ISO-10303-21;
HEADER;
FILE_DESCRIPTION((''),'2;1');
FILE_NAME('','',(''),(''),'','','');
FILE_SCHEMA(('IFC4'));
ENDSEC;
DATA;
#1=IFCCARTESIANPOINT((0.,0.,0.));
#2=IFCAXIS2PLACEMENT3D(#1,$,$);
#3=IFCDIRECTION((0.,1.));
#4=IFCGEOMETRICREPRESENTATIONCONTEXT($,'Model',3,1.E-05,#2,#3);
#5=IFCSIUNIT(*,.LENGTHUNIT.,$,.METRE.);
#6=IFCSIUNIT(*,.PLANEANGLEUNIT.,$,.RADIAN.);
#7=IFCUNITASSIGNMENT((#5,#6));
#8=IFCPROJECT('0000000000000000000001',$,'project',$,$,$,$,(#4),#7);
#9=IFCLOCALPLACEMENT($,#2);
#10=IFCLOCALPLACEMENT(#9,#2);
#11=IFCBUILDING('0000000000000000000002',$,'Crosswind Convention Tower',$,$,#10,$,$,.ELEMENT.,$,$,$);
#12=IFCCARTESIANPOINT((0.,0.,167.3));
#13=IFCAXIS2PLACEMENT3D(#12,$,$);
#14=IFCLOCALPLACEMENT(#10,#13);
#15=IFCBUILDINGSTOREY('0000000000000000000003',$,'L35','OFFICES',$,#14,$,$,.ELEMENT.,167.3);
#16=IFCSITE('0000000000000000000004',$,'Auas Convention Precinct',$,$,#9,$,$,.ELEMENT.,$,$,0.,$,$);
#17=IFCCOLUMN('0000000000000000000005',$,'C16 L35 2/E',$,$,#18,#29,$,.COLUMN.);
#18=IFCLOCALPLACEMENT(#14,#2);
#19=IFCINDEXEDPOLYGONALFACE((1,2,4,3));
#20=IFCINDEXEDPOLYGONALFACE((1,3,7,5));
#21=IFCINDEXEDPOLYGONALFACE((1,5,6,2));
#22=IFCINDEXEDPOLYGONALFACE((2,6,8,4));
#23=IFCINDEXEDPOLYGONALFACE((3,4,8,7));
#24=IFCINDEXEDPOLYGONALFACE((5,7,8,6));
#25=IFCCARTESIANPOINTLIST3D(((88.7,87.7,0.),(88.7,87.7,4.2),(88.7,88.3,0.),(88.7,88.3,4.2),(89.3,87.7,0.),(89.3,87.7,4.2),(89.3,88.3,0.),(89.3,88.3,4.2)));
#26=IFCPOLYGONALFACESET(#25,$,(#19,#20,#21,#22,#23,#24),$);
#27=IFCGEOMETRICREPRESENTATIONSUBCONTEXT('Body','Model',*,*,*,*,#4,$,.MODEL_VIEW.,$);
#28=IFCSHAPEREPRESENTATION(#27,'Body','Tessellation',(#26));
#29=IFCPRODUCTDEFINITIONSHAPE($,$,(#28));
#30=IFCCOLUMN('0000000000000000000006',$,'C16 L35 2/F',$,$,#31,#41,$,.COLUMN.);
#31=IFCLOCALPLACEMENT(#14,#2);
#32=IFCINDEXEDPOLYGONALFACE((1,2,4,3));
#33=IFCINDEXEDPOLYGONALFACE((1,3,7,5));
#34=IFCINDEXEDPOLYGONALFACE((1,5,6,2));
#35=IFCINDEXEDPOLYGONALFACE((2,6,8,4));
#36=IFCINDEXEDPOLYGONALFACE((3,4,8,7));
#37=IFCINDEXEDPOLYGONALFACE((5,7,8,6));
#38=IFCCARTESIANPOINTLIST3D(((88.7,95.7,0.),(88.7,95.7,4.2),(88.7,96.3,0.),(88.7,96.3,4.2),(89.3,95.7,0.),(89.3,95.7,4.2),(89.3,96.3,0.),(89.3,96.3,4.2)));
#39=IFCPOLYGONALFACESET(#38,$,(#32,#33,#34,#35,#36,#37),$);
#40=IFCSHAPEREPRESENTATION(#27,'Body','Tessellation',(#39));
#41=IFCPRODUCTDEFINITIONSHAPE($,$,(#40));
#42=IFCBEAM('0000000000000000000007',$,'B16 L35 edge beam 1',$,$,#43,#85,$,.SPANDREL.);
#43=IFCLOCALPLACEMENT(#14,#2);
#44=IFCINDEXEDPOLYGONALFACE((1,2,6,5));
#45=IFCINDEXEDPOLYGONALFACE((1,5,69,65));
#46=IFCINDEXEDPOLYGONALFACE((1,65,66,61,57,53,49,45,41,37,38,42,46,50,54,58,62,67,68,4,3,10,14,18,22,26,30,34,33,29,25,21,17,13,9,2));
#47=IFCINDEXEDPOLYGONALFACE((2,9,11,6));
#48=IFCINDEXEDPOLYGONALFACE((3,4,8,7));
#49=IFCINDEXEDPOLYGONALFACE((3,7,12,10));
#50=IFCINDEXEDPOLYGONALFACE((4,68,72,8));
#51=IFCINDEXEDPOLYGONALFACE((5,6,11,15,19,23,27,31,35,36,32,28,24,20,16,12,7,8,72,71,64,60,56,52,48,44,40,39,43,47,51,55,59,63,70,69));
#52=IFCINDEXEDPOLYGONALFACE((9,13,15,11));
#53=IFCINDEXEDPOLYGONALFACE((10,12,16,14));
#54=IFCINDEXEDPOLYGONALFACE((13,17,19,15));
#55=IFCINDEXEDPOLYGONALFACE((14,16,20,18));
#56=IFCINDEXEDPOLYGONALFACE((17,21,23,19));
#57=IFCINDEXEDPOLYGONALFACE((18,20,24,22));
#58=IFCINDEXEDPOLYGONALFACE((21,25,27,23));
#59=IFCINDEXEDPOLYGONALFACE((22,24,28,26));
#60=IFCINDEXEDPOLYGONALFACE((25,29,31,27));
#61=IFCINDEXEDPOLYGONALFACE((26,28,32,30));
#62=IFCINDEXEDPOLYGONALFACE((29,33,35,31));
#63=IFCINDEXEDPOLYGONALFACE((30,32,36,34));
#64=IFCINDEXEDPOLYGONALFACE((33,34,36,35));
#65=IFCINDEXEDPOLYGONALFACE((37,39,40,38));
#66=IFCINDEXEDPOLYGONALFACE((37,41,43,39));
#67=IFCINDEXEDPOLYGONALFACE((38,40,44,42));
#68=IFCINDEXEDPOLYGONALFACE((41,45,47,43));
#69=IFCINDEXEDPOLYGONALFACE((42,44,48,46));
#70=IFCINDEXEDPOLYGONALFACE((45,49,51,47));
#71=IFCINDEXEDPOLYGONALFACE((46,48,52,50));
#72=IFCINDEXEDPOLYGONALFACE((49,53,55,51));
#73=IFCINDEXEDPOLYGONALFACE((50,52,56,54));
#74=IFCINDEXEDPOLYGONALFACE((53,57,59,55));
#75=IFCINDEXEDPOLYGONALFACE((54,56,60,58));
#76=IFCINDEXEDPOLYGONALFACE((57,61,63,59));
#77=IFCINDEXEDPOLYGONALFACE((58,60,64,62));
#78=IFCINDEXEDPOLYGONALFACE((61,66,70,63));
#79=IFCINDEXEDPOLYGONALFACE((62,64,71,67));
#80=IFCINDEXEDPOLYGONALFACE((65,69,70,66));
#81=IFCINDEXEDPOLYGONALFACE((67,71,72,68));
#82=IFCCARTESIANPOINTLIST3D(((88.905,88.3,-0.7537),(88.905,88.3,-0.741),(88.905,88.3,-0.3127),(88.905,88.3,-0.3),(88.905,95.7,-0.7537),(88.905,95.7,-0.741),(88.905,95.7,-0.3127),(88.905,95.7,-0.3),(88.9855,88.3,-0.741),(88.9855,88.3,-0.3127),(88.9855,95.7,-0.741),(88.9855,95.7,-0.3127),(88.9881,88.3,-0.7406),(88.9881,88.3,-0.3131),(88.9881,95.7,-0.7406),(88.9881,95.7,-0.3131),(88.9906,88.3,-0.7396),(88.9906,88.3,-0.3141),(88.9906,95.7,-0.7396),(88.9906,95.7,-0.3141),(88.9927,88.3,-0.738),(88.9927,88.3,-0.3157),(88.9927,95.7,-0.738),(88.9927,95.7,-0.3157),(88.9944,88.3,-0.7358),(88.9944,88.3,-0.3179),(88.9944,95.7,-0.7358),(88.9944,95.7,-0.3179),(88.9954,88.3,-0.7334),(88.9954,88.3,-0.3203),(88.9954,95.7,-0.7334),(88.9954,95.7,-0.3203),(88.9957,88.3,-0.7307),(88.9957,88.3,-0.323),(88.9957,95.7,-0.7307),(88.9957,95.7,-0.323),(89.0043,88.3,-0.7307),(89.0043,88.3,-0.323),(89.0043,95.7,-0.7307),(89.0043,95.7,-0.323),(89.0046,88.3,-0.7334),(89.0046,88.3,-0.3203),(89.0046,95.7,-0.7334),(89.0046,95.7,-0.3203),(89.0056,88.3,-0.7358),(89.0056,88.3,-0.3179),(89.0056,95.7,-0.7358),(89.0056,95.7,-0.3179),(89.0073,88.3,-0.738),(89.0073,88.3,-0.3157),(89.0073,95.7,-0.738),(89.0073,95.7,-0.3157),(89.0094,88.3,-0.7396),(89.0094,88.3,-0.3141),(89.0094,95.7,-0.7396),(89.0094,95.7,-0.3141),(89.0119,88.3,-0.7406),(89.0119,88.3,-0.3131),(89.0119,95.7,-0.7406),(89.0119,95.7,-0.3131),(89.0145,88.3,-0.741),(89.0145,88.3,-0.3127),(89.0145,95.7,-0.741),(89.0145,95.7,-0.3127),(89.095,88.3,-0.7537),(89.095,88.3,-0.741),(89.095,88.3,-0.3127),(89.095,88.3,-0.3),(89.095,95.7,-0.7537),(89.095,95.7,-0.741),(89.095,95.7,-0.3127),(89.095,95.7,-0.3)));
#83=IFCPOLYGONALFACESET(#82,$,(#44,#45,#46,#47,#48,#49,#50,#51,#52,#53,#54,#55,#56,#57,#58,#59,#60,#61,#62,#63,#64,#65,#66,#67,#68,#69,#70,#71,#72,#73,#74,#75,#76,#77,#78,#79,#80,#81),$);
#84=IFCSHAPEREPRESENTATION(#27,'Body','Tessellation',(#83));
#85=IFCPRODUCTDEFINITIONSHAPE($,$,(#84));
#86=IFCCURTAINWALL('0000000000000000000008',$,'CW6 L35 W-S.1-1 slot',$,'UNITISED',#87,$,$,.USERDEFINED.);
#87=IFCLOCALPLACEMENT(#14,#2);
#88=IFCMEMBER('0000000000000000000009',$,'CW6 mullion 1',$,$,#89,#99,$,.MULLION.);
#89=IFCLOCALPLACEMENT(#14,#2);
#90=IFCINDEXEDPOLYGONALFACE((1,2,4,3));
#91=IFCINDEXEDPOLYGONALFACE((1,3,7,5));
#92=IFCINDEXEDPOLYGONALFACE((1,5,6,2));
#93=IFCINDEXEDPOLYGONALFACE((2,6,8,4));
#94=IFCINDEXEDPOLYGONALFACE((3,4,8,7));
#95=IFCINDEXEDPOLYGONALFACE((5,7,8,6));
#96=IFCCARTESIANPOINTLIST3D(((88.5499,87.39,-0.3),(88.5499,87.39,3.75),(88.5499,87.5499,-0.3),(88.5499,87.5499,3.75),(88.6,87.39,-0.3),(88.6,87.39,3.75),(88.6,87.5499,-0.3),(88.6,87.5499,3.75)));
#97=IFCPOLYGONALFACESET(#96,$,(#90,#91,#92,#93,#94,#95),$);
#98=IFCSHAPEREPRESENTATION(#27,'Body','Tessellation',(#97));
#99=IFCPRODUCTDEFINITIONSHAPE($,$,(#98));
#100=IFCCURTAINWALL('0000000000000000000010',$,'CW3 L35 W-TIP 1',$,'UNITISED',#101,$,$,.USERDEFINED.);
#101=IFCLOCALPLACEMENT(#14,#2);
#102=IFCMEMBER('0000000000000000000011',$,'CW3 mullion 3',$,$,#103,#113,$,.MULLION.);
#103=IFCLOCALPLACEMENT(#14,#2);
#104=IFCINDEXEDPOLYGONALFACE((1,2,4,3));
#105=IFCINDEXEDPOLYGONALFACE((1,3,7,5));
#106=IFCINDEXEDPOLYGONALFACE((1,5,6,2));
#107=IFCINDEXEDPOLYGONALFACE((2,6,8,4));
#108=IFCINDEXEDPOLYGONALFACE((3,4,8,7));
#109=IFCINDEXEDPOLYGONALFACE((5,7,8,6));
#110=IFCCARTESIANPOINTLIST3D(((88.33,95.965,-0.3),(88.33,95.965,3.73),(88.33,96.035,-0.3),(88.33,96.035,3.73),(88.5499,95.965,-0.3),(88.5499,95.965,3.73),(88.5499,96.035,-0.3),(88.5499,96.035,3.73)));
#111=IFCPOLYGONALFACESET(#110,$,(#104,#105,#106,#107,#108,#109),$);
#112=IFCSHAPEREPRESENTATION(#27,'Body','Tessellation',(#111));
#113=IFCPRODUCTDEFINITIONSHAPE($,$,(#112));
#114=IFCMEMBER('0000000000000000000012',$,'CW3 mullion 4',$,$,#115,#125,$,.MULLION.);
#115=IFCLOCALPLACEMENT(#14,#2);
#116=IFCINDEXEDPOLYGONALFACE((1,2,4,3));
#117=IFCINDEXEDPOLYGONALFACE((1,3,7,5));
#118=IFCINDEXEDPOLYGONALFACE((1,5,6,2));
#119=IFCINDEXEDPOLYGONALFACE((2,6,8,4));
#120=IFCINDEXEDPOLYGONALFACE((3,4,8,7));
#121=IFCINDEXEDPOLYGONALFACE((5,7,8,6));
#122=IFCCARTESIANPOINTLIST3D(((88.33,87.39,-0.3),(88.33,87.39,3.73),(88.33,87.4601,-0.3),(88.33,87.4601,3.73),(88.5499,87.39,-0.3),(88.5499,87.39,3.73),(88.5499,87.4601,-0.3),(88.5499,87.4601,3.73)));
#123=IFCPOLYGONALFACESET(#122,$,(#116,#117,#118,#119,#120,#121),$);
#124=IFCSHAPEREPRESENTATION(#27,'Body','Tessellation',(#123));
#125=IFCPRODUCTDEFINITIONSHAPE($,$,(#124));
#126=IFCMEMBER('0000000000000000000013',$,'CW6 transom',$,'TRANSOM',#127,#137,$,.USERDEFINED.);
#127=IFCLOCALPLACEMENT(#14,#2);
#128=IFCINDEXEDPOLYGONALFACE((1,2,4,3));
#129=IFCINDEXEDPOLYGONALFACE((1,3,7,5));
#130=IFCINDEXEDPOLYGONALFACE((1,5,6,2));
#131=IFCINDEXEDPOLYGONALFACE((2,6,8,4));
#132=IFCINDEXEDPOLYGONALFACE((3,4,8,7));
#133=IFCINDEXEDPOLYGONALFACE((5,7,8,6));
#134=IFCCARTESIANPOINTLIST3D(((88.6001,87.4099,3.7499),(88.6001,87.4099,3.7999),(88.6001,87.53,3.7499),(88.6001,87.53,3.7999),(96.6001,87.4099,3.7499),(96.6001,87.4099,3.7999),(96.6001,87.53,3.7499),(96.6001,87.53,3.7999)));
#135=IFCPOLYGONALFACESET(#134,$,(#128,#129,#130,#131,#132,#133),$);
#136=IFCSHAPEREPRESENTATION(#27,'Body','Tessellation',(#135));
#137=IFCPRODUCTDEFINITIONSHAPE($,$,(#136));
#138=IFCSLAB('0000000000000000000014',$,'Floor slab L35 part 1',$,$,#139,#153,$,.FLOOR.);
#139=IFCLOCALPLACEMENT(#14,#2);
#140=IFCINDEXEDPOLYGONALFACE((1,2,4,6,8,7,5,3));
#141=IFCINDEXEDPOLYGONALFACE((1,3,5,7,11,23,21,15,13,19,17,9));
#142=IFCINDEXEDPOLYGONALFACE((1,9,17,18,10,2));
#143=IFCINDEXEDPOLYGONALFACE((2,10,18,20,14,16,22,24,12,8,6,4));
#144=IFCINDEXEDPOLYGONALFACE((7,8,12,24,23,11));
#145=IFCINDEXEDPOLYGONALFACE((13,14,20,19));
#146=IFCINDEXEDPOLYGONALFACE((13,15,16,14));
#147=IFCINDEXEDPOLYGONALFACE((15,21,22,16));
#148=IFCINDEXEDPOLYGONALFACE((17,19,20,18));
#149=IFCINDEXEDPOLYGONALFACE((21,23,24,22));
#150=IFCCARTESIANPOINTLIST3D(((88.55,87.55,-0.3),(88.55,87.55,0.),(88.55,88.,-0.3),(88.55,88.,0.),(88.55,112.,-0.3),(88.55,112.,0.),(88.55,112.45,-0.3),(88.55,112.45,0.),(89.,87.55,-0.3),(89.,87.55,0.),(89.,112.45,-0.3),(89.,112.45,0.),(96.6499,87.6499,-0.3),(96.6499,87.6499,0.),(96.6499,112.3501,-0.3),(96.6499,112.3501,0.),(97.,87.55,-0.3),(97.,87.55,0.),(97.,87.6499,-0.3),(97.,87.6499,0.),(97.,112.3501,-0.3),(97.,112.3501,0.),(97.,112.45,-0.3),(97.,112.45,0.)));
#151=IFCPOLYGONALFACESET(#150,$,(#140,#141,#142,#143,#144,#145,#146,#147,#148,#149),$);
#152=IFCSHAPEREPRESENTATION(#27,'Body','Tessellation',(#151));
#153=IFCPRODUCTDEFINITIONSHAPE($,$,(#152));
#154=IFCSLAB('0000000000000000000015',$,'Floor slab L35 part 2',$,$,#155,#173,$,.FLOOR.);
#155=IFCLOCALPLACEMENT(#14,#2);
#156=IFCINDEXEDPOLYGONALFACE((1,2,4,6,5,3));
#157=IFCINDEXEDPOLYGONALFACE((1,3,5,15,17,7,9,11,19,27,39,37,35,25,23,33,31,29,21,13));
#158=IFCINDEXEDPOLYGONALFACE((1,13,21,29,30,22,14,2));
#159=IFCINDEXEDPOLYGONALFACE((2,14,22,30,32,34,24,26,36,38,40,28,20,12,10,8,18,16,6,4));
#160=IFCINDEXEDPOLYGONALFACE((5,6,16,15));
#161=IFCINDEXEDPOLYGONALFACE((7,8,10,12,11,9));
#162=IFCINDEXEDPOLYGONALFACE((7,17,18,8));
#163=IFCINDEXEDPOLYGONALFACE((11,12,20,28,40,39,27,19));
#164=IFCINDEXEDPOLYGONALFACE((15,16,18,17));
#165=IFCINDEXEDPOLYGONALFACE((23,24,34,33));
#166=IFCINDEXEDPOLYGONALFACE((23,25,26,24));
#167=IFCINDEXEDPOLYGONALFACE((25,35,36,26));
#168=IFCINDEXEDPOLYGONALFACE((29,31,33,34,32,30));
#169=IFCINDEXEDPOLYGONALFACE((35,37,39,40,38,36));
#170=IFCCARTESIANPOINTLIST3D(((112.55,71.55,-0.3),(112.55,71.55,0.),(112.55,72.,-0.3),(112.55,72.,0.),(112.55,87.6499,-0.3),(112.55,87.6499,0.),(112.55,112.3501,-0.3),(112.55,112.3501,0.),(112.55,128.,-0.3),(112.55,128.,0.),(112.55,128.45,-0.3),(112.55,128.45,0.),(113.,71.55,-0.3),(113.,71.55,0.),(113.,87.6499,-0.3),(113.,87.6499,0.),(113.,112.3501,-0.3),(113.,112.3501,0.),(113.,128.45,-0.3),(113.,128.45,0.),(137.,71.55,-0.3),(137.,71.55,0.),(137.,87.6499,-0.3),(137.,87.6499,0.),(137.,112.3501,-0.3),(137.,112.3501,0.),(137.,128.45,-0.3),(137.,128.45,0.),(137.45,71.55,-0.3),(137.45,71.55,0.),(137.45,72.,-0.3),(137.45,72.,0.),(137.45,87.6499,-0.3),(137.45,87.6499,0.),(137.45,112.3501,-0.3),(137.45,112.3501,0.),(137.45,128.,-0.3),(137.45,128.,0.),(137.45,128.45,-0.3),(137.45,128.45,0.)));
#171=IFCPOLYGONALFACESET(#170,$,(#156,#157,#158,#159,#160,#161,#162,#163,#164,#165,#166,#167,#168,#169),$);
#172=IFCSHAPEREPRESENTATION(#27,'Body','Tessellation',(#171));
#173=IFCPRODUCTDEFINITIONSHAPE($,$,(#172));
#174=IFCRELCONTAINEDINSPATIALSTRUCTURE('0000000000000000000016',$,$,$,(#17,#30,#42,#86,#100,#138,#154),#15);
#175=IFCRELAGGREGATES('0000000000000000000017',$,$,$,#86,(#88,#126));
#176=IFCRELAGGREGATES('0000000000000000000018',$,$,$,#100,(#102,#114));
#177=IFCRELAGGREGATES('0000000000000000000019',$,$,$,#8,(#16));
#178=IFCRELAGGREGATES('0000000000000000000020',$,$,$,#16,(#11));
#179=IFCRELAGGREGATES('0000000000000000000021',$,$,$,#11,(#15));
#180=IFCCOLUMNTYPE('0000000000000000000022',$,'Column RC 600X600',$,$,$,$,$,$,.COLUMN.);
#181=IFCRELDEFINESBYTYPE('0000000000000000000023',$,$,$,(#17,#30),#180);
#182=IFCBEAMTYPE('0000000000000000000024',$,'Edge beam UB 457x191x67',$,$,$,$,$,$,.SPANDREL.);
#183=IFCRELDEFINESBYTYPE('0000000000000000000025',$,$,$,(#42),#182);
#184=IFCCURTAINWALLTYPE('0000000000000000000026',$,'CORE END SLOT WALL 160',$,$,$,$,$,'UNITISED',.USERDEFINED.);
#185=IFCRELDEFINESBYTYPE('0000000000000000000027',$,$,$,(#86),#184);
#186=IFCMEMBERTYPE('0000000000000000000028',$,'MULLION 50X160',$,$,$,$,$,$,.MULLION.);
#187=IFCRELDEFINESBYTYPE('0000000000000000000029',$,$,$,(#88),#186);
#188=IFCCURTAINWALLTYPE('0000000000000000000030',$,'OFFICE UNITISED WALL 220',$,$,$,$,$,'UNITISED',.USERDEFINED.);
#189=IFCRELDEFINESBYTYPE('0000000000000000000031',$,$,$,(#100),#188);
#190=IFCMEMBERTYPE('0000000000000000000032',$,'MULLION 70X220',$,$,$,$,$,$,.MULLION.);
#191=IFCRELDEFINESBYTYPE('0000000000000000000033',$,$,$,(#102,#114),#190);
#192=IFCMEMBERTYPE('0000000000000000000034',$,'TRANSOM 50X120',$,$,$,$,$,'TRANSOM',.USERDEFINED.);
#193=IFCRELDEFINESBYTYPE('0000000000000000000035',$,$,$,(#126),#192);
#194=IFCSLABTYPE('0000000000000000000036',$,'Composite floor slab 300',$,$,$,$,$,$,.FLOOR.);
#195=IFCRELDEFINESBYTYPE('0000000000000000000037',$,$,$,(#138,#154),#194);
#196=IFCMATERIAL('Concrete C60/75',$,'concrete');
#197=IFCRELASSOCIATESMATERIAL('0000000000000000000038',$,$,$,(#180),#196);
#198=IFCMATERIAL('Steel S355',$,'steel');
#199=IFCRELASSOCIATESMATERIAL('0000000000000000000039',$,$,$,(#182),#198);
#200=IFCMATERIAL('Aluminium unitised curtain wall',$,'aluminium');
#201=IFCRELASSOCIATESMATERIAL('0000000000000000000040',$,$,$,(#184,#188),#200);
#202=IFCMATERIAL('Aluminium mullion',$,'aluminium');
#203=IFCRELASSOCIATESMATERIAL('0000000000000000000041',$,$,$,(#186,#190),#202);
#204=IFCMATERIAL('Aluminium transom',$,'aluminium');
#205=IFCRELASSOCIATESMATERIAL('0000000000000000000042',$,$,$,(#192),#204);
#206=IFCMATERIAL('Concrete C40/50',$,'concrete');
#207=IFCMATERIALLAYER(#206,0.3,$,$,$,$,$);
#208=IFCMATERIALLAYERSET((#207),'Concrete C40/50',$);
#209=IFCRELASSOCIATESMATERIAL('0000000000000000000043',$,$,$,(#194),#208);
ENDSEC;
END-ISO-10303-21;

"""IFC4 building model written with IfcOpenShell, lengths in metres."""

from ifc_helpers import new_model, si_unit, direction, frame, origin, origin_2d, place, context, subcontext, project, spatial, polyline, rectangle, i_section, outline, extrude, material, layer, layer_set, material_profile, profile_set, type_object, element, aggregate, save


model = new_model("IFC4")

# Units and contexts
model_context = context("Model", 3, precision=1e-05, world=origin(), true_north=direction((0.0, 1.0)))
body_context = subcontext(model_context, "Body", "Model", "MODEL_VIEW")
ifc_project = project(units=[si_unit("LENGTHUNIT", "METRE"), si_unit("PLANEANGLEUNIT", "RADIAN")], contexts=[model_context])

# Site, building, storey
site_placement = place(None, origin())
site = spatial("IfcSite", under=ifc_project, at=site_placement, Name="Auas Convention Precinct", CompositionType="ELEMENT", RefElevation=0.0)
building_placement = place(site_placement, origin())
building = spatial("IfcBuilding", under=site, at=building_placement, Name="Crosswind Convention Tower", CompositionType="ELEMENT")
storey_placement = place(building_placement, frame((0.0, 0.0, 167.3)))
storey = spatial("IfcBuildingStorey", under=building, at=storey_placement, Name="L35", Description="OFFICES", CompositionType="ELEMENT", Elevation=167.3)

# Columns
ifc_material_1 = material(Name="Concrete C60/75", Category="concrete")
ifc_material_profile_1 = material_profile(ifc_material_1, rectangle(XDim=0.6001, YDim=0.6001, at=origin_2d()), Name="RC 600X600")
ifc_profile_set_1 = profile_set([ifc_material_profile_1], Name="Concrete C60/75")
column_type = type_object("IfcColumnType", Name="Column RC 600X600", PredefinedType="COLUMN", material=ifc_profile_set_1)
for number, where, z_axis, x_axis, name in (
    (1, (89.0, 88.0, 0.0), (0.0, 0.0, 1.0), (1.0, 0.0, 0.0), "C16 L35 2/E"),
    (2, (89.0, 96.0, 0.0), (0.0, 0.0, 1.0), (1.0, 0.0, 0.0), "C16 L35 2/F"),
):
    element("IfcColumn", number, at=place(storey_placement, frame(where, z_axis=z_axis, x_axis=x_axis)), inside=storey, type_object=column_type, Name=name, PredefinedType="COLUMN", context=body_context, shape_type="SweptSolid", body=[
        extrude(rectangle(XDim=0.6001, YDim=0.6001, at=origin_2d()), origin(), (0.0, 0.0, 1.0), 4.2),
    ])

# Beam
ifc_material_2 = material(Name="Steel S355", Category="steel")
ifc_material_profile_2 = material_profile(ifc_material_2, i_section(OverallWidth=0.1899, OverallDepth=0.4536, WebThickness=0.0085, FlangeThickness=0.0127, FilletRadius=0.0103, at=origin_2d()), Name="UB 457x191x67")
ifc_profile_set_2 = profile_set([ifc_material_profile_2], Name="Steel S355")
beam_type = type_object("IfcBeamType", Name="Edge beam UB 457x191x67", PredefinedType="SPANDREL", material=ifc_profile_set_2)
beam_placement = place(storey_placement, frame((89.0, 88.3, -0.5269), z_axis=(0.0, 1.0, 0.0), x_axis=(-1.0, 0.0, 0.0)))
element("IfcBeam", 3, at=beam_placement, inside=storey, type_object=beam_type, Name="B16 L35 edge beam 1", PredefinedType="SPANDREL", context=body_context, shape_type="SweptSolid", body=[
    extrude(i_section(OverallWidth=0.1899, OverallDepth=0.4536, WebThickness=0.0085, FlangeThickness=0.0127, FilletRadius=0.0103, at=origin_2d()), origin(), (0.0, 0.0, 1.0), 7.3999),
])

# Curtain wall, member
ifc_material_3 = material(Name="Aluminium unitised curtain wall", Category="aluminium")
curtain_wall_type_1 = type_object("IfcCurtainWallType", Name="CORE END SLOT WALL 160", ElementType="UNITISED", PredefinedType="USERDEFINED", material=ifc_material_3)
curtain_wall_1_placement = place(storey_placement, origin())
curtain_wall_1 = element("IfcCurtainWall", 4, at=curtain_wall_1_placement, inside=storey, type_object=curtain_wall_type_1, Name="CW6 L35 W-S.1-1 slot", ObjectType="UNITISED", PredefinedType="USERDEFINED")
ifc_material_4 = material(Name="Aluminium mullion", Category="aluminium")
ifc_material_profile_3 = material_profile(ifc_material_4, rectangle(XDim=0.1599, YDim=0.05, at=origin_2d()), Name="AL 160X50")
ifc_profile_set_3 = profile_set([ifc_material_profile_3], Name="Aluminium mullion")
member_type_1 = type_object("IfcMemberType", Name="MULLION 50X160", PredefinedType="MULLION", material=ifc_profile_set_3)
member_1_placement = place(storey_placement, frame((88.575, 87.47, -0.3), z_axis=(0.0, 0.0, 1.0), x_axis=(0.0, -1.0, 0.0)))
member_1 = element("IfcMember", 5, at=member_1_placement, type_object=member_type_1, Name="CW6 mullion 1", PredefinedType="MULLION", context=body_context, shape_type="SweptSolid", body=[
    extrude(rectangle(XDim=0.1599, YDim=0.05, at=origin_2d()), origin(), (0.0, 0.0, 1.0), 4.05),
])

# Curtain wall, members
curtain_wall_type_2 = type_object("IfcCurtainWallType", Name="OFFICE UNITISED WALL 220", ElementType="UNITISED", PredefinedType="USERDEFINED", material=ifc_material_3)
curtain_wall_2_placement = place(storey_placement, origin())
curtain_wall_2 = element("IfcCurtainWall", 6, at=curtain_wall_2_placement, inside=storey, type_object=curtain_wall_type_2, Name="CW3 L35 W-TIP 1", ObjectType="UNITISED", PredefinedType="USERDEFINED")
ifc_material_profile_4 = material_profile(ifc_material_4, rectangle(XDim=0.22, YDim=0.0701, at=origin_2d()), Name="AL 220X70")
ifc_profile_set_4 = profile_set([ifc_material_profile_4], Name="Aluminium mullion")
member_type_2 = type_object("IfcMemberType", Name="MULLION 70X220", PredefinedType="MULLION", material=ifc_profile_set_4)
member_2_placement = place(storey_placement, frame((88.4399, 96.0, -0.3), z_axis=(0.0, 0.0, 1.0), x_axis=(-1.0, 0.0, 0.0)))
member_2 = element("IfcMember", 7, at=member_2_placement, type_object=member_type_2, Name="CW3 mullion 3", PredefinedType="MULLION", context=body_context, shape_type="SweptSolid", body=[
    extrude(rectangle(XDim=0.22, YDim=0.0701, at=origin_2d()), origin(), (0.0, 0.0, 1.0), 4.03),
])
member_3_placement = place(storey_placement, frame((88.4399, 87.425, -0.3), z_axis=(0.0, 0.0, 1.0), x_axis=(-1.0, 0.0, 0.0)))
member_3 = element("IfcMember", 8, at=member_3_placement, type_object=member_type_2, Name="CW3 mullion 4", PredefinedType="MULLION", context=body_context, shape_type="SweptSolid", body=[
    extrude(rectangle(XDim=0.22, YDim=0.0701, at=origin_2d()), origin(), (0.0, 0.0, 1.0), 4.03),
])

# Member
ifc_material_5 = material(Name="Aluminium transom", Category="aluminium")
ifc_material_profile_5 = material_profile(ifc_material_5, rectangle(XDim=0.1201, YDim=0.05, at=origin_2d()), Name="AL 120X50")
ifc_profile_set_5 = profile_set([ifc_material_profile_5], Name="Aluminium transom")
member_type_3 = type_object("IfcMemberType", Name="TRANSOM 50X120", ElementType="TRANSOM", PredefinedType="USERDEFINED", material=ifc_profile_set_5)
member_4_placement = place(storey_placement, frame((88.6001, 87.47, 3.7749), z_axis=(1.0, 0.0, 0.0), x_axis=(0.0, 1.0, 0.0)))
member_4 = element("IfcMember", 9, at=member_4_placement, type_object=member_type_3, Name="CW6 transom", ObjectType="TRANSOM", PredefinedType="USERDEFINED", context=body_context, shape_type="SweptSolid", body=[
    extrude(rectangle(XDim=0.1201, YDim=0.05, at=origin_2d()), origin(), (0.0, 0.0, 1.0), 8.0),
])

# Slabs
ifc_material_6 = material(Name="Concrete C40/50", Category="concrete")
ifc_layer_1 = layer(ifc_material_6, 0.3)
ifc_layer_set_1 = layer_set([ifc_layer_1], Name="Concrete C40/50")
slab_type_1 = type_object("IfcSlabType", Name="Composite floor slab 300", PredefinedType="FLOOR", material=ifc_layer_set_1)
slab_1_placement = place(storey_placement, frame((0.0, 0.0, -0.3)))
element("IfcSlab", 10, at=slab_1_placement, inside=storey, type_object=slab_type_1, Name="Floor slab L35 part 1", PredefinedType="FLOOR", context=body_context, shape_type="SweptSolid", body=[
    extrude(outline(polyline([(97.0, 87.55), (89.0, 87.55), (88.55, 87.55), (88.55, 88.0), (88.55, 112.0), (88.55, 112.45), (89.0, 112.45), (97.0, 112.45), (97.0, 112.3501), (96.6499, 112.3501), (96.6499, 87.6499), (97.0, 87.6499), (97.0, 87.55)])), origin(), (0.0, 0.0, 1.0), 0.3),
])
slab_2_placement = place(storey_placement, frame((0.0, 0.0, -0.3)))
element("IfcSlab", 11, at=slab_2_placement, inside=storey, type_object=slab_type_1, Name="Floor slab L35 part 2", PredefinedType="FLOOR", context=body_context, shape_type="SweptSolid", body=[
    extrude(outline(polyline([(112.55, 87.6499), (113.0, 87.6499), (113.0, 112.3501), (112.55, 112.3501), (112.55, 128.0), (112.55, 128.45), (113.0, 128.45), (137.0, 128.45), (137.45, 128.45), (137.45, 128.0), (137.45, 112.3501), (137.0, 112.3501), (137.0, 87.6499), (137.45, 87.6499), (137.45, 72.0), (137.45, 71.55), (137.0, 71.55), (113.0, 71.55), (112.55, 71.55), (112.55, 72.0), (112.55, 87.6499)])), origin(), (0.0, 0.0, 1.0), 0.3),
])

aggregate(curtain_wall_1, [member_1, member_4])
aggregate(curtain_wall_2, [member_2, member_3])

save(model, "model.ifc")
